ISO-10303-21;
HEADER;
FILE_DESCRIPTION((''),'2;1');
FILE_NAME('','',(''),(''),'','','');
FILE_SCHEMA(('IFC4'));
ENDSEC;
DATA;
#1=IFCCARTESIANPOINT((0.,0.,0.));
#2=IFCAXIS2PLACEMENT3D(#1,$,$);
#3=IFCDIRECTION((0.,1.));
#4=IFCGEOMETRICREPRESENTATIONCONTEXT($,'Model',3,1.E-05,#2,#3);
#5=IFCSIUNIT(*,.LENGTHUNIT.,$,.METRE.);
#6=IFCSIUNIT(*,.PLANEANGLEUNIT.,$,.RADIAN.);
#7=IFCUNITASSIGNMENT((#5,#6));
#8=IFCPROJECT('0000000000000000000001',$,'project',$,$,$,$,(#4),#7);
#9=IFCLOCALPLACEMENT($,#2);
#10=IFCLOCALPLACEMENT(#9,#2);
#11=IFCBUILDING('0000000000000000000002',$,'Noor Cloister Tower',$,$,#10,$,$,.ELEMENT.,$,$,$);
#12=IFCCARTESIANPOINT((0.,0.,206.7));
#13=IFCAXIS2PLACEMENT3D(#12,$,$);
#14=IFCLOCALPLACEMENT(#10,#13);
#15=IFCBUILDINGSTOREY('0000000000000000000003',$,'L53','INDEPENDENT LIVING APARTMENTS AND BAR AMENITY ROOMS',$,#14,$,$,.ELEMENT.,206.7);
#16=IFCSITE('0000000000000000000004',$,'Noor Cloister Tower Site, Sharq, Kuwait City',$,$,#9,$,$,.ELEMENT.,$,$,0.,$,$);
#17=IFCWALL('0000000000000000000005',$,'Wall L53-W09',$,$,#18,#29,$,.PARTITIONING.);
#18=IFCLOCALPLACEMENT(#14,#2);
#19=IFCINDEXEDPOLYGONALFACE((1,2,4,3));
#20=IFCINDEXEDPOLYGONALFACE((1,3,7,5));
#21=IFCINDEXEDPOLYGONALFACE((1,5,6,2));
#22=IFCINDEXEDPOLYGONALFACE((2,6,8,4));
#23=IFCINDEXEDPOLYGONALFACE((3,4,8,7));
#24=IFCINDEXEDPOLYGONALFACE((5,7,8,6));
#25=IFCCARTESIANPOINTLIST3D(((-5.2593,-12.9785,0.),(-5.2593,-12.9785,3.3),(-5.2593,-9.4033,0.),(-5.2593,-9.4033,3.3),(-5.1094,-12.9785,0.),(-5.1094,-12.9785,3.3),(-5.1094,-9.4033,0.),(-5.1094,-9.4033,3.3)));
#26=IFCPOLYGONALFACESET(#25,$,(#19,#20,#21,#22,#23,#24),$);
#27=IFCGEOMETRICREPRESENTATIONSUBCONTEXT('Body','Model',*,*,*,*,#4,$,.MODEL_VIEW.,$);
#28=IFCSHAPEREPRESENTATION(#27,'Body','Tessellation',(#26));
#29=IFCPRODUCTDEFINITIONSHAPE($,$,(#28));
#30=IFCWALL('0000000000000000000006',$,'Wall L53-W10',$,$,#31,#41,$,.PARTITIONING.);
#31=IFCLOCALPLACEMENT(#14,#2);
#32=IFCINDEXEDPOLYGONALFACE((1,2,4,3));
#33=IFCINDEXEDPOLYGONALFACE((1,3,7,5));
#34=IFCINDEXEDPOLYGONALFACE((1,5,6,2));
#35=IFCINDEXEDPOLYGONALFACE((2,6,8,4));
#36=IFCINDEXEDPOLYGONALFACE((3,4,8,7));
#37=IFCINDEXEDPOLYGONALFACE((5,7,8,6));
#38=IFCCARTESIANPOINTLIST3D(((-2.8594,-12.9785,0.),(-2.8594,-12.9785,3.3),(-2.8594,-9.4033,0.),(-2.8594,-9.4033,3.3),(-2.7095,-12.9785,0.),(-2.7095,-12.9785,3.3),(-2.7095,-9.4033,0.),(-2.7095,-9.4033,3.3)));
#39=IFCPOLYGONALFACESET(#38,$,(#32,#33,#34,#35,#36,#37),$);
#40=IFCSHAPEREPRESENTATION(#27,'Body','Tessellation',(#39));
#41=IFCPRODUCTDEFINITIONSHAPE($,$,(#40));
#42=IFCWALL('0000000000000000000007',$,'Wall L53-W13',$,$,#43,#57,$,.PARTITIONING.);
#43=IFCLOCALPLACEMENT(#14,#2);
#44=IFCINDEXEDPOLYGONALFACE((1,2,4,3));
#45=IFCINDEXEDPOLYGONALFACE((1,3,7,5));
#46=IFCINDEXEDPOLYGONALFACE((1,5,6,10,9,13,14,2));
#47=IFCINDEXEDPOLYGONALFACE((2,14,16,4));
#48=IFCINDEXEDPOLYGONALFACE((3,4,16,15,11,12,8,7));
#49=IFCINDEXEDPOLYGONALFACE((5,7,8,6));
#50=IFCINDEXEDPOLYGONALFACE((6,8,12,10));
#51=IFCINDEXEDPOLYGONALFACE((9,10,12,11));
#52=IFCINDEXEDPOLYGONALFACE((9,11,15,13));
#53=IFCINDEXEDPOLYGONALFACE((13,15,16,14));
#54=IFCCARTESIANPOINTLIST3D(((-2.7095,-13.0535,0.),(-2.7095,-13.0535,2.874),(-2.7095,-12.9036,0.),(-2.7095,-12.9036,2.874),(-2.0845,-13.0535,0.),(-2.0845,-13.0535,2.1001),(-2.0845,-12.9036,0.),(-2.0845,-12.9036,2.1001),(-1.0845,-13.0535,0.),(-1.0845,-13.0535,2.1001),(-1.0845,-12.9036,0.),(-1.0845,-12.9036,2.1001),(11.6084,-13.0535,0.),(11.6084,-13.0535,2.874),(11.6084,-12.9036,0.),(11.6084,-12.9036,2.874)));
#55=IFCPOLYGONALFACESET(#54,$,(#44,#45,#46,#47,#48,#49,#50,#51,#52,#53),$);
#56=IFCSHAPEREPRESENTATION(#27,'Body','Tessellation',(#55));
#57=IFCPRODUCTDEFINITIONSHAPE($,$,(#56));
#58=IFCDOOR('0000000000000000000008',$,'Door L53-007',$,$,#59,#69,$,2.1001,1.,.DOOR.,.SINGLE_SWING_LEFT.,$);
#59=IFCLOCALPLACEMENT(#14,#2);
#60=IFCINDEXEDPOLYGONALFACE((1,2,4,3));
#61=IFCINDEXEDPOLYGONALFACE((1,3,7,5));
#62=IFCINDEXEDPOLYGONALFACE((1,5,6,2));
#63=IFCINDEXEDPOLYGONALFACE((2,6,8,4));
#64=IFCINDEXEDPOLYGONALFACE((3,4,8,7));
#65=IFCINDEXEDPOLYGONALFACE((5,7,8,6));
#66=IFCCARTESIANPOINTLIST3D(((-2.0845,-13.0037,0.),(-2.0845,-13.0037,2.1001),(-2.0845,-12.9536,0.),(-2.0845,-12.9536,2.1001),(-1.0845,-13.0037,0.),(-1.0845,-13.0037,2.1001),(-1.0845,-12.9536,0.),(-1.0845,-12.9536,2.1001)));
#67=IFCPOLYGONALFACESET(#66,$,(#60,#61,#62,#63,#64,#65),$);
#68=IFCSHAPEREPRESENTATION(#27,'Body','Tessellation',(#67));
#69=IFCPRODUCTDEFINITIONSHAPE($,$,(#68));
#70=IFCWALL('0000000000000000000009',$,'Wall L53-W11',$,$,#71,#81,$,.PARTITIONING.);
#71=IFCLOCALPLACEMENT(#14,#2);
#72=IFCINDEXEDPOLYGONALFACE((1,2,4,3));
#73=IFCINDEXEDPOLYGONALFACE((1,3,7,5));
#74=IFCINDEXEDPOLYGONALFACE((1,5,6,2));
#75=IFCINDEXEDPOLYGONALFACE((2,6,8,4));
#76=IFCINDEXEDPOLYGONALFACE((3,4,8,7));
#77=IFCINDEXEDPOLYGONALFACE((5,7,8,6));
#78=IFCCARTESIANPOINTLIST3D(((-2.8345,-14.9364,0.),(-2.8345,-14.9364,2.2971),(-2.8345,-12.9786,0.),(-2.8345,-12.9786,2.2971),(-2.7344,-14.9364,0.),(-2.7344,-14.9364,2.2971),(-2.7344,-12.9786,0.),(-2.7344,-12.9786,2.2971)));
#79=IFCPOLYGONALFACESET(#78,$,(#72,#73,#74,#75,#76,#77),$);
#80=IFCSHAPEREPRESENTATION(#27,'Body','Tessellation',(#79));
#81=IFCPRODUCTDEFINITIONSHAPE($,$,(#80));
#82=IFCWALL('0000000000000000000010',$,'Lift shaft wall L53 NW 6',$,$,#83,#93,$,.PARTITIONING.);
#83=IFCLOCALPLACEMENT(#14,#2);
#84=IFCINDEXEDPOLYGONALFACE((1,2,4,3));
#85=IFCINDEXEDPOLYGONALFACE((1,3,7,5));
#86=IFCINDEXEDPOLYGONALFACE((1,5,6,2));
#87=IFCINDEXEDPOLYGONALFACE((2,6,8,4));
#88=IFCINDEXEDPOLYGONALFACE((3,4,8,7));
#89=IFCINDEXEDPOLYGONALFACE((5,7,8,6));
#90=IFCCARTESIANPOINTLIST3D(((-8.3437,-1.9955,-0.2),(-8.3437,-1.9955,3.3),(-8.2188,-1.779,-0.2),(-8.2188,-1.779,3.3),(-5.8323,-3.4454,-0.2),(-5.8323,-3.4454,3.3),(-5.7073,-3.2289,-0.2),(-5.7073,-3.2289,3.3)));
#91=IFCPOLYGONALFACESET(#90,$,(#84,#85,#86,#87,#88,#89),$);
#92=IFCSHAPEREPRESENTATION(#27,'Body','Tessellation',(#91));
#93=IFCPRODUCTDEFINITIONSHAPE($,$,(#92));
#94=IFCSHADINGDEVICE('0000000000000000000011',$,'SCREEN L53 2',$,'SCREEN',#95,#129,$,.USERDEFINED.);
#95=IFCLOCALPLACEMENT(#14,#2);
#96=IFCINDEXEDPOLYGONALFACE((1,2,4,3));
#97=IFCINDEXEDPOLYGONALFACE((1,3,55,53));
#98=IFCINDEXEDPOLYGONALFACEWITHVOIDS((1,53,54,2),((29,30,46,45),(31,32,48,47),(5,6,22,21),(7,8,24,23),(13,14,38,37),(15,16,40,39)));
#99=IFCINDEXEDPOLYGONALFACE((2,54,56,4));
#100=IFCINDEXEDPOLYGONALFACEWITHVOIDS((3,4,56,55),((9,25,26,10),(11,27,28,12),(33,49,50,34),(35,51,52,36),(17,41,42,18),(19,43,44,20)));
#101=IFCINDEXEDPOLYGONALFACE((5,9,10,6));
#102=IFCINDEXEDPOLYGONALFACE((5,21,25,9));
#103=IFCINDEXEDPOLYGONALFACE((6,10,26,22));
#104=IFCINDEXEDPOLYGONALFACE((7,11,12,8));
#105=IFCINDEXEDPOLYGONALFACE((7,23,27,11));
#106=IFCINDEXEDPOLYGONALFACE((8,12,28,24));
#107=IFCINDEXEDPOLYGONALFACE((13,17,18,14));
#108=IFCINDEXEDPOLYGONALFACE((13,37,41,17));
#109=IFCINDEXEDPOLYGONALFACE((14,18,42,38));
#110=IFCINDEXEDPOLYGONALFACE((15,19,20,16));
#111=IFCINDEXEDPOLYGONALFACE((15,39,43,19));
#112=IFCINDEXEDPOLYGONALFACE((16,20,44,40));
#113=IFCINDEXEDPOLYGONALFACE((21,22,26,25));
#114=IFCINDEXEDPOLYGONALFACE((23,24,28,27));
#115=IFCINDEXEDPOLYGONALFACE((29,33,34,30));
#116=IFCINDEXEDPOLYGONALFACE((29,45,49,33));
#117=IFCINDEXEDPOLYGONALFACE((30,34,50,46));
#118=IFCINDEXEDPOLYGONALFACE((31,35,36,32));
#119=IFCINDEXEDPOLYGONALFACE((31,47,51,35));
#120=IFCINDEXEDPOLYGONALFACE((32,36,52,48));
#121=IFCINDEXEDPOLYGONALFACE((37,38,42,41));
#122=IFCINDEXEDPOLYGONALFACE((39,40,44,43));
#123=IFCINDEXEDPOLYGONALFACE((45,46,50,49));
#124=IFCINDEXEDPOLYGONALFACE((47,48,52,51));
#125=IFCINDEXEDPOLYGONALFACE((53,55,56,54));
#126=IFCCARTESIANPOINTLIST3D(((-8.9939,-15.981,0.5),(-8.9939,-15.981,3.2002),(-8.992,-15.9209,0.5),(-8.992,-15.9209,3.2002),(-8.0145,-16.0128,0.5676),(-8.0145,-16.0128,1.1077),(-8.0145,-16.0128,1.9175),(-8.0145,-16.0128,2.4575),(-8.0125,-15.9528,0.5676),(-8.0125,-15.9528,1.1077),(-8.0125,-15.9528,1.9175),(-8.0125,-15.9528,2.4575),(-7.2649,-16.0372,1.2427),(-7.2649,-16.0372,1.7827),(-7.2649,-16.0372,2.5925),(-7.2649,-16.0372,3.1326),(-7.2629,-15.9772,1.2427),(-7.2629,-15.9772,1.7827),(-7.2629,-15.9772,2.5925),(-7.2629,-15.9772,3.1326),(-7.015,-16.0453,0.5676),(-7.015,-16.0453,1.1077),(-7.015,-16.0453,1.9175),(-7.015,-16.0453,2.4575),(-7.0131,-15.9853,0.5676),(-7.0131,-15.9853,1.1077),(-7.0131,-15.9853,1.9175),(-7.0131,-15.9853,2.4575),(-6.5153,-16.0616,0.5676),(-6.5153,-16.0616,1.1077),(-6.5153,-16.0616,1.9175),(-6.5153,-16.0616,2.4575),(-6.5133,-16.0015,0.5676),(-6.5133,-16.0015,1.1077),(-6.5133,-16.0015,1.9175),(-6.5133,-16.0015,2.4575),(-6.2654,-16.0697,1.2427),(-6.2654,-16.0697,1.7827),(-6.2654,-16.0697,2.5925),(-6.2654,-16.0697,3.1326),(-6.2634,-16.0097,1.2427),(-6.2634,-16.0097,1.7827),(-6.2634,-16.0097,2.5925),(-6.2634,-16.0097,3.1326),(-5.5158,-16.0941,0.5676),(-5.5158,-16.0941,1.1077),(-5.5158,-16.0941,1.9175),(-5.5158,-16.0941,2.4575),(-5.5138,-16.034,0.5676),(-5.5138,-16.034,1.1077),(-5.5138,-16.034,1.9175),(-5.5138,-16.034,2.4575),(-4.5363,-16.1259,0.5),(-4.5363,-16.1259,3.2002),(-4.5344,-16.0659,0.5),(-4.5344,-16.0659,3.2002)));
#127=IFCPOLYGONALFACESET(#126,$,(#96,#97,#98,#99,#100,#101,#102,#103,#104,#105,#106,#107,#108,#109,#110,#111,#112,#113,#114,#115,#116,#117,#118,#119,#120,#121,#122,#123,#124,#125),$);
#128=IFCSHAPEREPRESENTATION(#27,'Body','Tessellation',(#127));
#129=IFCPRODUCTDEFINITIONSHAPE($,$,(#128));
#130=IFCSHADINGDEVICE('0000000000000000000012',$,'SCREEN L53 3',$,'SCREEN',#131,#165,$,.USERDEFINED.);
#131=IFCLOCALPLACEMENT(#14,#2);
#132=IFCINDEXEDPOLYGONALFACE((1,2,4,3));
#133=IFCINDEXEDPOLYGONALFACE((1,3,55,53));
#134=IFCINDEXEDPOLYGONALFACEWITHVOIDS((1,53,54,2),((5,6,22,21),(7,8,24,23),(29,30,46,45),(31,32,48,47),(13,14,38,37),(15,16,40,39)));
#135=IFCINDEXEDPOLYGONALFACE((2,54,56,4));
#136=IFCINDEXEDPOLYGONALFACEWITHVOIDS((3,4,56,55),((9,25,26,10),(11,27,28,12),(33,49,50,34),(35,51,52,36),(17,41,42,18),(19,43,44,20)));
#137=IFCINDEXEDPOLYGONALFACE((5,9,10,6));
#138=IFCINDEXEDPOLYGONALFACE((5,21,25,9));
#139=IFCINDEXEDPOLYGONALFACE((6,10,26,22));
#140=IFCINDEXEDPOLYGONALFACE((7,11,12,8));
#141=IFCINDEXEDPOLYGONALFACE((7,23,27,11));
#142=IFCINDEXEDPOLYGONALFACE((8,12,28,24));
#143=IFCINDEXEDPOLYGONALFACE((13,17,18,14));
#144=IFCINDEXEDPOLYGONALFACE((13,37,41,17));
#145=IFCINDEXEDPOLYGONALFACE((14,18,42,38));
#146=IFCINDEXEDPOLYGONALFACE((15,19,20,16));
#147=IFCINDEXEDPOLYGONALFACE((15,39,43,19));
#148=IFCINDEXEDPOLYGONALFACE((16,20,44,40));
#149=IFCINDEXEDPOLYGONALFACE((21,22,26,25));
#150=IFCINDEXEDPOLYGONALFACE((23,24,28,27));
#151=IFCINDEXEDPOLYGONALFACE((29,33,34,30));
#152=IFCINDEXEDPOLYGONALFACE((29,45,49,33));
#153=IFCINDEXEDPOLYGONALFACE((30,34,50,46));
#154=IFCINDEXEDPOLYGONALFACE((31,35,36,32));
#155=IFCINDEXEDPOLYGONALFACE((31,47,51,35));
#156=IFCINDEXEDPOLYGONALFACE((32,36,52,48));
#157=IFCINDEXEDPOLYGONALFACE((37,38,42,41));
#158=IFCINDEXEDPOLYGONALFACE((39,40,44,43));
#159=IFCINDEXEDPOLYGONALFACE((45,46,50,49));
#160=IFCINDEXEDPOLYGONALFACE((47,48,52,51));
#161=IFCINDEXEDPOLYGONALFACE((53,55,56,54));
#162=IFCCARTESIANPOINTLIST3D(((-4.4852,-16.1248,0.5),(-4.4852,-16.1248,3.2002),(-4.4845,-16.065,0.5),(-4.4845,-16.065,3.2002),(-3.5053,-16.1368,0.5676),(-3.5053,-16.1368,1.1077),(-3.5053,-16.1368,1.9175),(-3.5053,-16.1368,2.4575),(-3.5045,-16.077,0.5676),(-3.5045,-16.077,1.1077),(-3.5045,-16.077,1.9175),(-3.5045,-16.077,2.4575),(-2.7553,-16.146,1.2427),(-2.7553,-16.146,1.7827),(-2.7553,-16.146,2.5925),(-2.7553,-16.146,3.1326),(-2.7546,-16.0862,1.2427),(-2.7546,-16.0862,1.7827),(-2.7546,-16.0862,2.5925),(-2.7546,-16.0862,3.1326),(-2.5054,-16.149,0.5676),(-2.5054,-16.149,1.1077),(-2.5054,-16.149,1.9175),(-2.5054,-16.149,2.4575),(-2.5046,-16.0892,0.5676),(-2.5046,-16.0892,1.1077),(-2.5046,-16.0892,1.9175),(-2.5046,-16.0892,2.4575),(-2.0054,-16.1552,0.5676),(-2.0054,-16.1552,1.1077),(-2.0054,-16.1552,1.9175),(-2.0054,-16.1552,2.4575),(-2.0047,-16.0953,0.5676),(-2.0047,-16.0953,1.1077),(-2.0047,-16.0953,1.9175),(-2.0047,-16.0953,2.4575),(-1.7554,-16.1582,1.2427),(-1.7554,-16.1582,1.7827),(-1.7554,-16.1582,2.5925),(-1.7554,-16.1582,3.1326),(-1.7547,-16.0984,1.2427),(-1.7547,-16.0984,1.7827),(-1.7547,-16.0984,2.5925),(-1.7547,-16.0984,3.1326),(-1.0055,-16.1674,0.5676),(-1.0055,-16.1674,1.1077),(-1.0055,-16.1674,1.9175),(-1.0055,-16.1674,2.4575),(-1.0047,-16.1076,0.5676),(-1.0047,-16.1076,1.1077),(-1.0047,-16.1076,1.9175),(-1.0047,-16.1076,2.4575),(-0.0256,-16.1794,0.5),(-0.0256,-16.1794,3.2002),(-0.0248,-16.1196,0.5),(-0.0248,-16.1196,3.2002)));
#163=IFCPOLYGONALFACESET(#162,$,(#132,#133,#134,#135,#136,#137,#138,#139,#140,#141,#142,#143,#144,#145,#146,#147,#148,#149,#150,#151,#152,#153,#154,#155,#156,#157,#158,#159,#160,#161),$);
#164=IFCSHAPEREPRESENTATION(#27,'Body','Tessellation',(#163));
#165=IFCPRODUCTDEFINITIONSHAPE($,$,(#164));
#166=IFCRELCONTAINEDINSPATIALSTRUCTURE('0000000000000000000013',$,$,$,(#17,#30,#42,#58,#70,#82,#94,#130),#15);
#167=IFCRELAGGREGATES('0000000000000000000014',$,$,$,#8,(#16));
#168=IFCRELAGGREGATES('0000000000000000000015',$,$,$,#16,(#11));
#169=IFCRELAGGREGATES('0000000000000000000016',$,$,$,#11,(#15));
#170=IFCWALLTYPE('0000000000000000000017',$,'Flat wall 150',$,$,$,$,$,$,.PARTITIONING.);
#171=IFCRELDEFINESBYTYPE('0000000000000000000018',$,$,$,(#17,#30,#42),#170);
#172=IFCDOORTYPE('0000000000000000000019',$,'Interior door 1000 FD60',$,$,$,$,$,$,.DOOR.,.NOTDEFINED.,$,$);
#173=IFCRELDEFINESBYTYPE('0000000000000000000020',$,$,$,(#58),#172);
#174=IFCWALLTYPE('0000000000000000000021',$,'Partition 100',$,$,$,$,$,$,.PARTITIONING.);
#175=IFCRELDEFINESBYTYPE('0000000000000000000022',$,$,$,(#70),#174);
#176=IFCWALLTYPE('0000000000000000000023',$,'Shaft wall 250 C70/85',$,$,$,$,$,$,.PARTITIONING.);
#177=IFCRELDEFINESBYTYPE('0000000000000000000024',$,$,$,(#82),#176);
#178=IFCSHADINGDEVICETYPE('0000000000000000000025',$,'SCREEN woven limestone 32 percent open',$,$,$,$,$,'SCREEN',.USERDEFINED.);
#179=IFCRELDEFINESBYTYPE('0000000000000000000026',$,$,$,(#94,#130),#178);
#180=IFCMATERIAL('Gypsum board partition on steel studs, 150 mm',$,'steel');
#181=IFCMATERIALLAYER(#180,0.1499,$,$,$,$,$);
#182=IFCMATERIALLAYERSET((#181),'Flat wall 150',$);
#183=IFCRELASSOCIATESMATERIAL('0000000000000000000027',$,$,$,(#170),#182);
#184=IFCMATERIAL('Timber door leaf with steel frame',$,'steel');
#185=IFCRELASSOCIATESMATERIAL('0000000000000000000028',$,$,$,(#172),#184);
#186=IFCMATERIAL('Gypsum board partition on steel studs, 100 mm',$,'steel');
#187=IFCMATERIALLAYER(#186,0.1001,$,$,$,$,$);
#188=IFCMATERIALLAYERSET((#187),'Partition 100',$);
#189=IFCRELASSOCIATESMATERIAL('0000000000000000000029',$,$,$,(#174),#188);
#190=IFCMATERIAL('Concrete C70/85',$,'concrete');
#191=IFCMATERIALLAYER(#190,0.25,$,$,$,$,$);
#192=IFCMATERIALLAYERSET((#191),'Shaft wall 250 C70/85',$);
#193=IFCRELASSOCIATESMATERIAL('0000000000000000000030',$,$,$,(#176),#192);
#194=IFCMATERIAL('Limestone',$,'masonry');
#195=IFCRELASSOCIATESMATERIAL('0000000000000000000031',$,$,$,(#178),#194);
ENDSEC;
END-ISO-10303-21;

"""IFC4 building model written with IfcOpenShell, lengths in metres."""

from ifc_helpers import new_model, si_unit, direction, frame, frame_2d, origin, place, context, subcontext, project, spatial, polyline, rectangle, outline, extrude, material, layer, layer_set, material_profile, profile_set, type_object, element, fill, save


model = new_model("IFC4")

# Units and contexts
model_context = context("Model", 3, precision=1e-05, world=origin(), true_north=direction((0.0, 1.0)))
body_context = subcontext(model_context, "Body", "Model", "MODEL_VIEW")
ifc_project = project(units=[si_unit("LENGTHUNIT", "METRE"), si_unit("PLANEANGLEUNIT", "RADIAN")], contexts=[model_context])

# Site, building, storey
site_placement = place(None, origin())
site = spatial("IfcSite", under=ifc_project, at=site_placement, Name="Noor Cloister Tower Site, Sharq, Kuwait City", CompositionType="ELEMENT", RefElevation=0.0)
building_placement = place(site_placement, origin())
building = spatial("IfcBuilding", under=site, at=building_placement, Name="Noor Cloister Tower", CompositionType="ELEMENT")
storey_placement = place(building_placement, frame((0.0, 0.0, 206.7)))
storey = spatial("IfcBuildingStorey", under=building, at=storey_placement, Name="L53", Description="INDEPENDENT LIVING APARTMENTS AND BAR AMENITY ROOMS", CompositionType="ELEMENT", Elevation=206.7)

# Shared definitions
ifc_material_1 = material(Name="Gypsum board partition on steel studs, 150 mm", Category="steel")
ifc_layer_1 = layer(ifc_material_1, 0.1499)
ifc_layer_set_1 = layer_set([ifc_layer_1], Name="Flat wall 150")
wall_type_1 = type_object("IfcWallType", Name="Flat wall 150", PredefinedType="PARTITIONING", material=ifc_layer_set_1)

# Walls
for number, where, z_axis, x_axis, name in (
    (1, (-5.1843, -9.4033, 0.0), (0.0, 0.0, 1.0), (0.0, -1.0, 0.0), "Wall L53-W09"),
    (2, (-2.7844, -9.4033, 0.0), (0.0, 0.0, 1.0), (0.0, -1.0, 0.0), "Wall L53-W10"),
):
    element("IfcWall", number, at=place(storey_placement, frame(where, z_axis=z_axis, x_axis=x_axis)), inside=storey, type_object=wall_type_1, Name=name, PredefinedType="PARTITIONING", context=body_context, shape_type="SweptSolid", body=[
        extrude(rectangle(XDim=3.5752, YDim=0.1499, at=frame_2d((1.7876, 0.0))), origin(), (0.0, 0.0, 1.0), 3.3),
    ])

# Wall, opening, door
wall_1_placement = place(storey_placement, frame((-2.7095, -12.9785, 0.0), z_axis=(0.0, 0.0, 1.0), x_axis=(1.0, 0.0, 0.0)))
wall_1 = element("IfcWall", 3, at=wall_1_placement, inside=storey, type_object=wall_type_1, Name="Wall L53-W13", PredefinedType="PARTITIONING", context=body_context, shape_type="SweptSolid", body=[
    extrude(rectangle(XDim=14.3179, YDim=0.1499, at=frame_2d((7.1589, 0.0))), origin(), (0.0, 0.0, 1.0), 2.874),
])
opening_1_placement = place(wall_1_placement, frame((0.625, 0.0, 0.0)))
opening_1 = element("IfcOpeningElement", 4, at=opening_1_placement, cuts=wall_1, PredefinedType="OPENING", context=body_context, shape_type="SweptSolid", body=[
    extrude(rectangle(XDim=1.0, YDim=2.1001, at=frame_2d((0.5, 1.05))), frame((0.0, 0.085, 0.0), z_axis=(0.0, -1.0, 0.0), x_axis=(1.0, 0.0, 0.0)), (0.0, 0.0, 1.0), 0.1699),
])
ifc_material_2 = material(Name="Timber door leaf with steel frame", Category="steel")
door_type_1 = type_object("IfcDoorType", Name="Interior door 1000 FD60", OperationType="NOTDEFINED", PredefinedType="DOOR", material=ifc_material_2)
door_1_placement = place(opening_1_placement, origin())
door_1 = element("IfcDoor", 5, at=door_1_placement, inside=storey, type_object=door_type_1, Name="Door L53-007", OperationType="SINGLE_SWING_LEFT", OverallHeight=2.1001, OverallWidth=1.0, PredefinedType="DOOR", context=body_context, shape_type="SweptSolid", body=[
    extrude(rectangle(XDim=1.0, YDim=2.1001, at=frame_2d((0.5, 1.05))), frame((0.0, 0.0249, 0.0), z_axis=(0.0, -1.0, 0.0), x_axis=(1.0, 0.0, 0.0)), (0.0, 0.0, 1.0), 0.05),
])
fill(opening_1, door_1)

# Walls
ifc_material_3 = material(Name="Gypsum board partition on steel studs, 100 mm", Category="steel")
ifc_layer_2 = layer(ifc_material_3, 0.1001)
ifc_layer_set_2 = layer_set([ifc_layer_2], Name="Partition 100")
wall_type_2 = type_object("IfcWallType", Name="Partition 100", PredefinedType="PARTITIONING", material=ifc_layer_set_2)
wall_2_placement = place(storey_placement, frame((-2.7844, -12.9785, 0.0), z_axis=(0.0, 0.0, 1.0), x_axis=(0.0, -1.0, 0.0)))
element("IfcWall", 6, at=wall_2_placement, inside=storey, type_object=wall_type_2, Name="Wall L53-W11", PredefinedType="PARTITIONING", context=body_context, shape_type="SweptSolid", body=[
    extrude(rectangle(XDim=1.9578, YDim=0.1001, at=frame_2d((0.979, 0.0))), origin(), (0.0, 0.0, 1.0), 2.2971),
])
ifc_material_4 = material(Name="Concrete C70/85", Category="concrete")
ifc_layer_3 = layer(ifc_material_4, 0.25)
ifc_layer_set_3 = layer_set([ifc_layer_3], Name="Shaft wall 250 C70/85")
wall_type_3 = type_object("IfcWallType", Name="Shaft wall 250 C70/85", PredefinedType="PARTITIONING", material=ifc_layer_set_3)
wall_3_placement = place(storey_placement, frame((-8.2812, -1.8872, -0.2), z_axis=(0.0, 0.0, 1.0), x_axis=(0.866033, -0.499987, 0.0)))
element("IfcWall", 7, at=wall_3_placement, inside=storey, type_object=wall_type_3, Name="Lift shaft wall L53 NW 6", PredefinedType="PARTITIONING", context=body_context, shape_type="SweptSolid", body=[
    extrude(rectangle(XDim=2.8999, YDim=0.25, at=frame_2d((1.45, 0.0))), origin(), (0.0, 0.0, 1.0), 3.5),
])

# Shading devices
ifc_material_5 = material(Name="Limestone", Category="masonry")
ifc_material_profile_1 = material_profile(ifc_material_5, outline(polyline([(-2.23, -1.3501), (2.23, -1.3501), (2.23, 1.3501), (-2.23, 1.3501), (-2.23, -1.3501)]), holes=[polyline([(-1.25, -1.2825), (-0.25, -1.2825), (-0.25, -0.7424), (-1.25, -0.7424), (-1.25, -1.2825)]), polyline([(0.25, -1.2825), (1.25, -1.2825), (1.25, -0.7424), (0.25, -0.7424), (0.25, -1.2825)]), polyline([(-0.5, -0.6074), (0.5, -0.6074), (0.5, -0.0674), (-0.5, -0.0674), (-0.5, -0.6074)]), polyline([(-1.25, 0.0674), (-0.25, 0.0674), (-0.25, 0.6074), (-1.25, 0.6074), (-1.25, 0.0674)]), polyline([(0.25, 0.0674), (1.25, 0.0674), (1.25, 0.6074), (0.25, 0.6074), (0.25, 0.0674)]), polyline([(-0.5, 0.7424), (0.5, 0.7424), (0.5, 1.2825), (-0.5, 1.2825), (-0.5, 0.7424)])]), Name="Woven screen 32 percent open")
ifc_profile_set_1 = profile_set([ifc_material_profile_1], Name="Limestone")
shading_device_type = type_object("IfcShadingDeviceType", Name="SCREEN woven limestone 32 percent open", ElementType="SCREEN", PredefinedType="USERDEFINED", material=ifc_profile_set_1)
shading_device_1_placement = place(storey_placement, frame((-6.7632, -15.9934, 1.8501), z_axis=(-0.032503, -0.999472, 0.0), x_axis=(0.999472, -0.032503, 0.0)))
element("IfcShadingDevice", 8, at=shading_device_1_placement, inside=storey, type_object=shading_device_type, Name="SCREEN L53 2", ObjectType="SCREEN", PredefinedType="USERDEFINED", context=body_context, shape_type="SweptSolid", body=[
    extrude(outline(polyline([(-2.23, -1.3501), (2.23, -1.3501), (2.23, 1.3501), (-2.23, 1.3501), (-2.23, -1.3501)]), holes=[polyline([(-1.25, -1.2825), (-0.25, -1.2825), (-0.25, -0.7424), (-1.25, -0.7424), (-1.25, -1.2825)]), polyline([(0.25, -1.2825), (1.25, -1.2825), (1.25, -0.7424), (0.25, -0.7424), (0.25, -1.2825)]), polyline([(-0.5, -0.6074), (0.5, -0.6074), (0.5, -0.0674), (-0.5, -0.0674), (-0.5, -0.6074)]), polyline([(-1.25, 0.0674), (-0.25, 0.0674), (-0.25, 0.6074), (-1.25, 0.6074), (-1.25, 0.0674)]), polyline([(0.25, 0.0674), (1.25, 0.0674), (1.25, 0.6074), (0.25, 0.6074), (0.25, 0.0674)]), polyline([(-0.5, 0.7424), (0.5, 0.7424), (0.5, 1.2825), (-0.5, 1.2825), (-0.5, 0.7424)])]), origin(), (0.0, 0.0, 1.0), 0.0601),
])
shading_device_2_placement = place(storey_placement, frame((-2.2546, -16.0923, 1.8501), z_axis=(-0.012244, -0.999925, 0.0), x_axis=(0.999925, -0.012244, 0.0)))
element("IfcShadingDevice", 9, at=shading_device_2_placement, inside=storey, type_object=shading_device_type, Name="SCREEN L53 3", ObjectType="SCREEN", PredefinedType="USERDEFINED", context=body_context, shape_type="SweptSolid", body=[
    extrude(outline(polyline([(-2.23, -1.3501), (2.23, -1.3501), (2.23, 1.3501), (-2.23, 1.3501), (-2.23, -1.3501)]), holes=[polyline([(-1.25, -1.2825), (-0.25, -1.2825), (-0.25, -0.7424), (-1.25, -0.7424), (-1.25, -1.2825)]), polyline([(0.25, -1.2825), (1.25, -1.2825), (1.25, -0.7424), (0.25, -0.7424), (0.25, -1.2825)]), polyline([(-0.5, -0.6074), (0.5, -0.6074), (0.5, -0.0674), (-0.5, -0.0674), (-0.5, -0.6074)]), polyline([(-1.25, 0.0674), (-0.25, 0.0674), (-0.25, 0.6074), (-1.25, 0.6074), (-1.25, 0.0674)]), polyline([(0.25, 0.0674), (1.25, 0.0674), (1.25, 0.6074), (0.25, 0.6074), (0.25, 0.0674)]), polyline([(-0.5, 0.7424), (0.5, 0.7424), (0.5, 1.2825), (-0.5, 1.2825), (-0.5, 0.7424)])]), origin(), (0.0, 0.0, 1.0), 0.0598),
])

save(model, "model.ifc")
